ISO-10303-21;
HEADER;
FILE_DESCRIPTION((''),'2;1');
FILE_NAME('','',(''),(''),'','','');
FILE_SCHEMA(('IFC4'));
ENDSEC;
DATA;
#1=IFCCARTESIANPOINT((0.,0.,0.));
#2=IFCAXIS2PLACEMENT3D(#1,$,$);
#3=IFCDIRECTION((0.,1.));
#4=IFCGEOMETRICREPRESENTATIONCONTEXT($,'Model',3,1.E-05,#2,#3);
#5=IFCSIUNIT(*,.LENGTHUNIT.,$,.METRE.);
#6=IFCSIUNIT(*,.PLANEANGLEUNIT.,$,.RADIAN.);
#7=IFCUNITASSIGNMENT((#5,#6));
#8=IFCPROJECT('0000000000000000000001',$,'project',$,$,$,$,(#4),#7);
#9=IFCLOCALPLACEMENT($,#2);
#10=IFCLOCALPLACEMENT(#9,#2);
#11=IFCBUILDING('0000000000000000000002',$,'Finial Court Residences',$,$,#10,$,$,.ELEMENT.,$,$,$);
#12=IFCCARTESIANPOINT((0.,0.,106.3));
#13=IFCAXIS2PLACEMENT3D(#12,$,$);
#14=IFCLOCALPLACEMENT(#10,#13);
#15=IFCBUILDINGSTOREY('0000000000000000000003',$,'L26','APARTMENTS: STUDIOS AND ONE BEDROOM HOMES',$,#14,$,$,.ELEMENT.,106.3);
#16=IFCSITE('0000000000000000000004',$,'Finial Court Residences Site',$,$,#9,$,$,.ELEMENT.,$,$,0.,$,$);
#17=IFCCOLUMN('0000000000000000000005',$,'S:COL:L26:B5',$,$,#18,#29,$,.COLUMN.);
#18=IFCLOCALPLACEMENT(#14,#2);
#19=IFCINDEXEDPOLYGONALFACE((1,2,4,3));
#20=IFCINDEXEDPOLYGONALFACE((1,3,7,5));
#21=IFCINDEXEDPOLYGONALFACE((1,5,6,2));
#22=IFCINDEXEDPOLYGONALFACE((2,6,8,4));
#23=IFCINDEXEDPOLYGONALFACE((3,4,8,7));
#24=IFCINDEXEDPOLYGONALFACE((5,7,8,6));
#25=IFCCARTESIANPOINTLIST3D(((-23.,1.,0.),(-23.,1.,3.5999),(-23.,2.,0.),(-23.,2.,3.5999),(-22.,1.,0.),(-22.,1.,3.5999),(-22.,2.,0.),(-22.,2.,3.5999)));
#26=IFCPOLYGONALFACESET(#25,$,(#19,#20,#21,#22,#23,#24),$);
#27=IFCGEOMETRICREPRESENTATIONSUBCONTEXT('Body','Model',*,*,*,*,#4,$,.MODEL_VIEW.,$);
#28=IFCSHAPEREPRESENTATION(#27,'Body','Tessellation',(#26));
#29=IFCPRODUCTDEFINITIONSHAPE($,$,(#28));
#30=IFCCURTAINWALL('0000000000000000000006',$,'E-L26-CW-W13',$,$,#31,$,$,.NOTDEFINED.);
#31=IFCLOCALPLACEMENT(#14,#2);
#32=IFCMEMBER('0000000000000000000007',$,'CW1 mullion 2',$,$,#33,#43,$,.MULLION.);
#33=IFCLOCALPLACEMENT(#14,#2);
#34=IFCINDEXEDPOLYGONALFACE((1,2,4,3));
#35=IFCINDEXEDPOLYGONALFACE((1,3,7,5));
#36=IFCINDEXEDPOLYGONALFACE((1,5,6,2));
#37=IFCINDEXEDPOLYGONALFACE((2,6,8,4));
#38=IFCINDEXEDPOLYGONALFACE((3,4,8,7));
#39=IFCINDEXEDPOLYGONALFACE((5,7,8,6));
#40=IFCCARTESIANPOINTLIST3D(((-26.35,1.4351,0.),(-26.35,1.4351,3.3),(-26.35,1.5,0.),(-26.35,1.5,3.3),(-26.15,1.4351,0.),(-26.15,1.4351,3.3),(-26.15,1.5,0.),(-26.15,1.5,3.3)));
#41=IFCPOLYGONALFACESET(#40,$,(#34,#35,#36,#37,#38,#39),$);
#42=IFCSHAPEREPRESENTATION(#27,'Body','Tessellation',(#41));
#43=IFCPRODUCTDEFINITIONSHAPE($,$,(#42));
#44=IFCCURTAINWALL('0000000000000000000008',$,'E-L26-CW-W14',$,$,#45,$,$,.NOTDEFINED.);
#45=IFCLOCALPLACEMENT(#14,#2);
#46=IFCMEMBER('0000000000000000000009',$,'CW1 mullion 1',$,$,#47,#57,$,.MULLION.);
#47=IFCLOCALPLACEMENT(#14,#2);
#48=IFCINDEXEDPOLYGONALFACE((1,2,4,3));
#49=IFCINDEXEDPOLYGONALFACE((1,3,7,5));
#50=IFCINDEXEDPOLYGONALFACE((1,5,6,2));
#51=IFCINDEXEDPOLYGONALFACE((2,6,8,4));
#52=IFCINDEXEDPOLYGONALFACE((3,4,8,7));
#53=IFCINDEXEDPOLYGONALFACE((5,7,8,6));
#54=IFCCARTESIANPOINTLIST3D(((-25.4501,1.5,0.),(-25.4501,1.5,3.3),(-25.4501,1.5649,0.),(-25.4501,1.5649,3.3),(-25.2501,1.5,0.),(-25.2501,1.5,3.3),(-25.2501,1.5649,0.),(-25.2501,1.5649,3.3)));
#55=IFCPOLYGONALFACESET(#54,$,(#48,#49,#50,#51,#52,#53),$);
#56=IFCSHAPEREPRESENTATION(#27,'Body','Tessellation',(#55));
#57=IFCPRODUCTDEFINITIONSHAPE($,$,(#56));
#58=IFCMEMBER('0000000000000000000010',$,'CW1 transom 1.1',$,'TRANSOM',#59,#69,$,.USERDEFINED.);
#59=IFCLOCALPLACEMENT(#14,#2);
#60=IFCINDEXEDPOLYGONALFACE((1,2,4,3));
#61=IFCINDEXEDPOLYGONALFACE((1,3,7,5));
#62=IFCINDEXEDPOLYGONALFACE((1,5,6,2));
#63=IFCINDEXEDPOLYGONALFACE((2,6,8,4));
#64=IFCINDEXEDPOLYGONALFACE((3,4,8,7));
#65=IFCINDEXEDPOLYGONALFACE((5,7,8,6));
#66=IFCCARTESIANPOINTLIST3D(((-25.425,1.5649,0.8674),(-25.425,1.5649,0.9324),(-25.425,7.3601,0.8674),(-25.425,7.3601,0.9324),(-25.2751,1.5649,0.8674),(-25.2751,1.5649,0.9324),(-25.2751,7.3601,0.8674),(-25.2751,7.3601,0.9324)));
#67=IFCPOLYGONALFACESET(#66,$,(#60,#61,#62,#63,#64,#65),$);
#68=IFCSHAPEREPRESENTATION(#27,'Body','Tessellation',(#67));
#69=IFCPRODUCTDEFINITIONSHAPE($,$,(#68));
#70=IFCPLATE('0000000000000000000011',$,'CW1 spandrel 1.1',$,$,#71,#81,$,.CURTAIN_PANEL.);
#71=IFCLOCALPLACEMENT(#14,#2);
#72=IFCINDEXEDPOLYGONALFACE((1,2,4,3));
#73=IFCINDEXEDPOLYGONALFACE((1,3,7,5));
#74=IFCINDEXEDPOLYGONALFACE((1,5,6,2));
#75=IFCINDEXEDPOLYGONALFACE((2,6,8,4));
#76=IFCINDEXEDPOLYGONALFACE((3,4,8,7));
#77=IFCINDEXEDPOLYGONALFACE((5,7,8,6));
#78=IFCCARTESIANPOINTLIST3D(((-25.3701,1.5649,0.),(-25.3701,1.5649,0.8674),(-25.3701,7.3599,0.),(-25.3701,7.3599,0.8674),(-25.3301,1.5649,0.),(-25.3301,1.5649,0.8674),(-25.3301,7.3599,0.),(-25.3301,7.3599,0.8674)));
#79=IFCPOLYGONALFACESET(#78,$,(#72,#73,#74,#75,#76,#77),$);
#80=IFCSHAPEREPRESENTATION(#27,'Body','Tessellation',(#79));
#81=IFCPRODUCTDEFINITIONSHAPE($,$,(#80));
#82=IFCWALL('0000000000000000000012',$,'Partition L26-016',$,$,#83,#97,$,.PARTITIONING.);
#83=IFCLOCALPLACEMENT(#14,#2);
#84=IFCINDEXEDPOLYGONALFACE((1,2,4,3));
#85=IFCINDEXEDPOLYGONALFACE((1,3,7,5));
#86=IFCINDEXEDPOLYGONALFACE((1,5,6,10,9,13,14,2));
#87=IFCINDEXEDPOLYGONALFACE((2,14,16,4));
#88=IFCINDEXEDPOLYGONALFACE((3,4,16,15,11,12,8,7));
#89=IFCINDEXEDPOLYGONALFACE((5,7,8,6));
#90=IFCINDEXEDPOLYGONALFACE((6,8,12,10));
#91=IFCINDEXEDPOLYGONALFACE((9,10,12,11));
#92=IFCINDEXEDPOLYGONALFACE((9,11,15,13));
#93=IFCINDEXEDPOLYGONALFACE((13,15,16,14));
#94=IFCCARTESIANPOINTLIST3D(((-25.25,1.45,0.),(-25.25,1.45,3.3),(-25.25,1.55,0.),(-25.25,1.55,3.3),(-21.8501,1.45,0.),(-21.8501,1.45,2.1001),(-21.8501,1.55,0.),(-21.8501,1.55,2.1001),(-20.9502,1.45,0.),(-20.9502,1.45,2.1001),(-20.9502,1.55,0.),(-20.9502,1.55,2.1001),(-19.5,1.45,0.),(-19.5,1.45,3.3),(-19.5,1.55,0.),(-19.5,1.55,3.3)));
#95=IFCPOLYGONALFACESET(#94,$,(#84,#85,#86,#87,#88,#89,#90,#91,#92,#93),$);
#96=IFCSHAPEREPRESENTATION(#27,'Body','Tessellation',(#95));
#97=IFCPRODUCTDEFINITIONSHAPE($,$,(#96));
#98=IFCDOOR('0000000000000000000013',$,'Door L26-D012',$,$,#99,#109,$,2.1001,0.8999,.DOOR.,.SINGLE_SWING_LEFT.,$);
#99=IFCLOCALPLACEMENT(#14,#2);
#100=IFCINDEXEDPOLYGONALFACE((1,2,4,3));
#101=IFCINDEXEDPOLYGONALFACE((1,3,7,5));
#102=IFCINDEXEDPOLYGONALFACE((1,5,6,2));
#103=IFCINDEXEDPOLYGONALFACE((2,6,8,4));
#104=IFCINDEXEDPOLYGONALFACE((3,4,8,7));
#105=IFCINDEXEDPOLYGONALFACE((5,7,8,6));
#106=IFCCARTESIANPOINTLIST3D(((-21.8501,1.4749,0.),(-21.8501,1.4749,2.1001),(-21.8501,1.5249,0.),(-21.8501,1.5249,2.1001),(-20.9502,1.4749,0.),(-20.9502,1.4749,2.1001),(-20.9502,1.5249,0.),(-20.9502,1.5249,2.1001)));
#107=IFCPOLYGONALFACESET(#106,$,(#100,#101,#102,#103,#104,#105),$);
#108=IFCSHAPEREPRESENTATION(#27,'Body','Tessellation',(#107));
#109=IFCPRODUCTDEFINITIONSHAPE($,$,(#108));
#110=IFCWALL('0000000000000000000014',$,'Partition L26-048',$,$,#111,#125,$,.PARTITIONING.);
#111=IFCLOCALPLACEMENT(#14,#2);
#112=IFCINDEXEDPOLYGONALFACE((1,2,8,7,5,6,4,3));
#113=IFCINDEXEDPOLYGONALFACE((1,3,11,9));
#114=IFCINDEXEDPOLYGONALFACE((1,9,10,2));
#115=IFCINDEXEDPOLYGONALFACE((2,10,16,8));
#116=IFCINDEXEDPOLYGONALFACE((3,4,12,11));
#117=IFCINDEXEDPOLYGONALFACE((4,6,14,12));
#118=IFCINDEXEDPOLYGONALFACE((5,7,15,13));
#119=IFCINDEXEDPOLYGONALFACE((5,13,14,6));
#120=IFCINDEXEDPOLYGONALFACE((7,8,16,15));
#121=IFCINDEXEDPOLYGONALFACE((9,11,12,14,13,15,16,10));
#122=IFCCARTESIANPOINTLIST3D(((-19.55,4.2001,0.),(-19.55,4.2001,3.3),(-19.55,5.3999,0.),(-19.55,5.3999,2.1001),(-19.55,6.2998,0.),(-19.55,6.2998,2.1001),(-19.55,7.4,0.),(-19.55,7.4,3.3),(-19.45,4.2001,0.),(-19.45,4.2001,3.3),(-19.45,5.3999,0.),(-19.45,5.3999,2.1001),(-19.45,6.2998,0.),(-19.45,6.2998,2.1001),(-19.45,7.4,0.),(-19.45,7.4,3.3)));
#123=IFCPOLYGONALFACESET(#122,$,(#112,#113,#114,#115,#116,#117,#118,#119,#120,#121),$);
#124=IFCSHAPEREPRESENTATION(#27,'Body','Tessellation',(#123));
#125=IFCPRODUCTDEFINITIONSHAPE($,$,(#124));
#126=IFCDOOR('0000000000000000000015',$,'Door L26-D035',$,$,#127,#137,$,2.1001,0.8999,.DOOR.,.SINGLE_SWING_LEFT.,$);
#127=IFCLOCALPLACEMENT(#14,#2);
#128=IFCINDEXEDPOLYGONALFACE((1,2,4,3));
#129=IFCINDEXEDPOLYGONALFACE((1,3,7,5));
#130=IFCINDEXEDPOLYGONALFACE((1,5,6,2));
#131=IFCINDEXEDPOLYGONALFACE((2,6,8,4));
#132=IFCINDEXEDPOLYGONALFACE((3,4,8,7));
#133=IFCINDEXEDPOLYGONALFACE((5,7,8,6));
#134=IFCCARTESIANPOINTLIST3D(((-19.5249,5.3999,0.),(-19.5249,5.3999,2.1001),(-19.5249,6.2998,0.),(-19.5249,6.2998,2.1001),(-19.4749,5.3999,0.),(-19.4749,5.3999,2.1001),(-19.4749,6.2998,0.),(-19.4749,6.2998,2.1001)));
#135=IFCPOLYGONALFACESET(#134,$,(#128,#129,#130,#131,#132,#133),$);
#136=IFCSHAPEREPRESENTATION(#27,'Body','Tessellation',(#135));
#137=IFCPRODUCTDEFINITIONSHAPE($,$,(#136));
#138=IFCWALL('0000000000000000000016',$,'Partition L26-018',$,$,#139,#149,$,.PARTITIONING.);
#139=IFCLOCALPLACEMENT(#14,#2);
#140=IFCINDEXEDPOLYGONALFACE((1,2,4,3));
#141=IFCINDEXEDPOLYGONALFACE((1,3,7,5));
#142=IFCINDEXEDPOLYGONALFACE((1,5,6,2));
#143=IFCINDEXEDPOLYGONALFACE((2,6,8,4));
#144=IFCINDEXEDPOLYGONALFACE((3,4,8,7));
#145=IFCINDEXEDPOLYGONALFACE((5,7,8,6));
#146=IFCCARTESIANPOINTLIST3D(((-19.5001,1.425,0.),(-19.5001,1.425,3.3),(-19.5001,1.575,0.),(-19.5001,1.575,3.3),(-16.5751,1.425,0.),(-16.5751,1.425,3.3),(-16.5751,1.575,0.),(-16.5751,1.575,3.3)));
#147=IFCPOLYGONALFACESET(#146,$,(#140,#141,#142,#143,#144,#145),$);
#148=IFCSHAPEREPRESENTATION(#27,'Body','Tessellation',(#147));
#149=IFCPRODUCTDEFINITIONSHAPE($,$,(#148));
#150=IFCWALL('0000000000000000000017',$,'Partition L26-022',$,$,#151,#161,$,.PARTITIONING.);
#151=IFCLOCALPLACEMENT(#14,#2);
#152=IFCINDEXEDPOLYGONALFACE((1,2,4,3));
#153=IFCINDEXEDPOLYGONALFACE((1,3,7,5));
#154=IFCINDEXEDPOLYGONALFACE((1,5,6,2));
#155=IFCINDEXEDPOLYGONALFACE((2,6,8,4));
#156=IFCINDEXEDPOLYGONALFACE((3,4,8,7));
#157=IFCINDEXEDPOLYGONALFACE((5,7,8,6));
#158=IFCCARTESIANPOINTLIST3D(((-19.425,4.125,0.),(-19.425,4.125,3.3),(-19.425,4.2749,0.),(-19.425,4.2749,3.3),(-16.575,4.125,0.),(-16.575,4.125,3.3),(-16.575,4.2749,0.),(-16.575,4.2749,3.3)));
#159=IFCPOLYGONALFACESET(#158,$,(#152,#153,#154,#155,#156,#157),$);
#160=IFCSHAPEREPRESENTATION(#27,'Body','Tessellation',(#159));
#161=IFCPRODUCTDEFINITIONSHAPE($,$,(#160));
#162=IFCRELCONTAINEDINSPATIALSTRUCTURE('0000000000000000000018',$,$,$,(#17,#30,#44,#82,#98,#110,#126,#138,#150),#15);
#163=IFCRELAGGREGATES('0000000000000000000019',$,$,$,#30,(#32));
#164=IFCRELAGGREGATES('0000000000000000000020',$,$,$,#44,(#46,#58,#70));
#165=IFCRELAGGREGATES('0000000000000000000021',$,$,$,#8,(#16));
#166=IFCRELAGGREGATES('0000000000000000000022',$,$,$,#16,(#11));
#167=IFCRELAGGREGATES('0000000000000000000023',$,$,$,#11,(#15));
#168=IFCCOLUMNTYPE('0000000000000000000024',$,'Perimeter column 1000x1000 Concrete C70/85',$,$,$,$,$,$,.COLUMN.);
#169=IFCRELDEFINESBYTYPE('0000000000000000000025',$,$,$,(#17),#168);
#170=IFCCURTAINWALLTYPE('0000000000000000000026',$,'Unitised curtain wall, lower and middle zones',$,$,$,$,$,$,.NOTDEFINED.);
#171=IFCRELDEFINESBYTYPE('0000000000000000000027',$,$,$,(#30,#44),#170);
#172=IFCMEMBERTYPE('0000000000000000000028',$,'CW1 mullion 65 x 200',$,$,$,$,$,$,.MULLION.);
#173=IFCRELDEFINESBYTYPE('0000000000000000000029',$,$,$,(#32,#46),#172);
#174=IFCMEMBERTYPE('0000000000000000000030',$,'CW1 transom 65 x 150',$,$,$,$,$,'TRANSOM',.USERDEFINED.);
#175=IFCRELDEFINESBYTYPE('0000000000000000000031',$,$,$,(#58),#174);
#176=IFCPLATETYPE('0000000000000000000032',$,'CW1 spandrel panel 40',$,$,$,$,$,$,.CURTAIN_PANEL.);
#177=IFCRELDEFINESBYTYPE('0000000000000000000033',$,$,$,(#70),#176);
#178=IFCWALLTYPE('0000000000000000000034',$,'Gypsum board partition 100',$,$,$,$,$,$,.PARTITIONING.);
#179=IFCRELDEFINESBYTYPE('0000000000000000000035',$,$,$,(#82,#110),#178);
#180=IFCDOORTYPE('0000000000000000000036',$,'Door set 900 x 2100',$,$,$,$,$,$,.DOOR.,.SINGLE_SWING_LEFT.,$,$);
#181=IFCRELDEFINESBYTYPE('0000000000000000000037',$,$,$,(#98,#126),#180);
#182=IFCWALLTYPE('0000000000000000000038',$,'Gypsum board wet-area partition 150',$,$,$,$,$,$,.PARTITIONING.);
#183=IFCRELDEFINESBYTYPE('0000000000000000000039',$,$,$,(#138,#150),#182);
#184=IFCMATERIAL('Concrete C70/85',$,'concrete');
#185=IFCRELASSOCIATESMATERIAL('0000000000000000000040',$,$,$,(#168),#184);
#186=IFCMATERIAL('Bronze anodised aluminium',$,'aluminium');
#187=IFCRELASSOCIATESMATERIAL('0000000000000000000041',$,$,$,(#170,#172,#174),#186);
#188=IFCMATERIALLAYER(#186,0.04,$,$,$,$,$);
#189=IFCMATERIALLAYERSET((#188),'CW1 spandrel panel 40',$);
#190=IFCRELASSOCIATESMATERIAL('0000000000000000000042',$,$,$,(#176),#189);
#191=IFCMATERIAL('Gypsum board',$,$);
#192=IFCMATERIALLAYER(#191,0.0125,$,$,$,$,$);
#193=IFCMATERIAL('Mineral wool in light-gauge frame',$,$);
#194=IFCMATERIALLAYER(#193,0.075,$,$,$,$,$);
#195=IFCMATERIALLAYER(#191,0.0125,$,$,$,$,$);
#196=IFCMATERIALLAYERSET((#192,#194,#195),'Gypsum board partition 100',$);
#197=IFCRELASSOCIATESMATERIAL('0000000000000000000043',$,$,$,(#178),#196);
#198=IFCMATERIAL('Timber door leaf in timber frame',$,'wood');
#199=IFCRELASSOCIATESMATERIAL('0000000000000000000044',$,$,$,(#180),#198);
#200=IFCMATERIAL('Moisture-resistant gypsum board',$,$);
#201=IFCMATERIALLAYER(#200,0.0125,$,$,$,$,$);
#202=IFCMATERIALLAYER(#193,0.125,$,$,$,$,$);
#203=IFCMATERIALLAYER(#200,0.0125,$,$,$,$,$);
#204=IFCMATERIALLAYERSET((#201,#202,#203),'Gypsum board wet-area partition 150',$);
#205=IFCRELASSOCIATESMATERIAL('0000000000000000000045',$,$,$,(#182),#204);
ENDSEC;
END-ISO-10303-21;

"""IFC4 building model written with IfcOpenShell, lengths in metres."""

from ifc_helpers import new_model, si_unit, direction, frame, frame_2d, origin, origin_2d, place, context, subcontext, project, spatial, rectangle, extrude, material, layer, layer_set, material_profile, profile_set, type_object, element, fill, aggregate, save


model = new_model("IFC4")

# Units and contexts
model_context = context("Model", 3, precision=1e-05, world=origin(), true_north=direction((0.0, 1.0)))
body_context = subcontext(model_context, "Body", "Model", "MODEL_VIEW")
ifc_project = project(units=[si_unit("LENGTHUNIT", "METRE"), si_unit("PLANEANGLEUNIT", "RADIAN")], contexts=[model_context])

# Site, building, storey
site_placement = place(None, origin())
site = spatial("IfcSite", under=ifc_project, at=site_placement, Name="Finial Court Residences Site", CompositionType="ELEMENT", RefElevation=0.0)
building_placement = place(site_placement, origin())
building = spatial("IfcBuilding", under=site, at=building_placement, Name="Finial Court Residences", CompositionType="ELEMENT")
storey_placement = place(building_placement, frame((0.0, 0.0, 106.3)))
storey = spatial("IfcBuildingStorey", under=building, at=storey_placement, Name="L26", Description="APARTMENTS: STUDIOS AND ONE BEDROOM HOMES", CompositionType="ELEMENT", Elevation=106.3)

# Column
ifc_material_1 = material(Name="Concrete C70/85", Category="concrete")
ifc_material_profile_1 = material_profile(ifc_material_1, rectangle(XDim=1.0, YDim=1.0, at=origin_2d()), Name="1000x1000")
ifc_profile_set_1 = profile_set([ifc_material_profile_1], Name="Concrete C70/85")
column_type = type_object("IfcColumnType", Name="Perimeter column 1000x1000 Concrete C70/85", PredefinedType="COLUMN", material=ifc_profile_set_1)
column_placement = place(storey_placement, frame((-22.5, 1.5, 0.0), z_axis=(0.0, 0.0, 1.0), x_axis=(1.0, 0.0, 0.0)))
element("IfcColumn", 1, at=column_placement, inside=storey, type_object=column_type, Name="S:COL:L26:B5", PredefinedType="COLUMN", context=body_context, shape_type="SweptSolid", body=[
    extrude(rectangle(XDim=1.0, YDim=1.0, at=origin_2d()), origin(), (0.0, 0.0, 1.0), 3.5999),
])

# Curtain wall, member
ifc_material_2 = material(Name="Bronze anodised aluminium", Category="aluminium")
curtain_wall_type = type_object("IfcCurtainWallType", Name="Unitised curtain wall, lower and middle zones", PredefinedType="NOTDEFINED", material=ifc_material_2)
curtain_wall_1_placement = place(storey_placement, origin())
curtain_wall_1 = element("IfcCurtainWall", 2, at=curtain_wall_1_placement, inside=storey, type_object=curtain_wall_type, Name="E-L26-CW-W13", PredefinedType="NOTDEFINED")
ifc_material_profile_2 = material_profile(ifc_material_2, rectangle(XDim=0.2, YDim=0.0649, at=origin_2d()), Name="CW1 mullion 65 x 200")
ifc_profile_set_2 = profile_set([ifc_material_profile_2], Name="Bronze anodised aluminium")
member_type_1 = type_object("IfcMemberType", Name="CW1 mullion 65 x 200", PredefinedType="MULLION", material=ifc_profile_set_2)
member_1_placement = place(storey_placement, frame((-26.25, 1.4675, 0.0), z_axis=(0.0, 0.0, 1.0), x_axis=(-1.0, 0.0, 0.0)))
member_1 = element("IfcMember", 3, at=member_1_placement, type_object=member_type_1, Name="CW1 mullion 2", PredefinedType="MULLION", context=body_context, shape_type="SweptSolid", body=[
    extrude(rectangle(XDim=0.2, YDim=0.0649, at=origin_2d()), origin(), (0.0, 0.0, 1.0), 3.3),
])
aggregate(curtain_wall_1, [member_1])

# Curtain wall, members, plate
curtain_wall_2_placement = place(storey_placement, origin())
curtain_wall_2 = element("IfcCurtainWall", 4, at=curtain_wall_2_placement, inside=storey, type_object=curtain_wall_type, Name="E-L26-CW-W14", PredefinedType="NOTDEFINED")
member_2_placement = place(storey_placement, frame((-25.3501, 1.5325, 0.0), z_axis=(0.0, 0.0, 1.0), x_axis=(-1.0, 0.0, 0.0)))
member_2 = element("IfcMember", 5, at=member_2_placement, type_object=member_type_1, Name="CW1 mullion 1", PredefinedType="MULLION", context=body_context, shape_type="SweptSolid", body=[
    extrude(rectangle(XDim=0.2, YDim=0.0649, at=origin_2d()), origin(), (0.0, 0.0, 1.0), 3.3),
])
ifc_material_profile_3 = material_profile(ifc_material_2, rectangle(XDim=0.1499, YDim=0.0649, at=origin_2d()), Name="CW1 transom 65 x 150")
ifc_profile_set_3 = profile_set([ifc_material_profile_3], Name="Bronze anodised aluminium")
member_type_2 = type_object("IfcMemberType", Name="CW1 transom 65 x 150", ElementType="TRANSOM", PredefinedType="USERDEFINED", material=ifc_profile_set_3)
member_3_placement = place(storey_placement, frame((-25.3501, 1.5649, 0.8999), z_axis=(0.0, 1.0, 0.0), x_axis=(-1.0, 0.0, 0.0)))
member_3 = element("IfcMember", 6, at=member_3_placement, type_object=member_type_2, Name="CW1 transom 1.1", ObjectType="TRANSOM", PredefinedType="USERDEFINED", context=body_context, shape_type="SweptSolid", body=[
    extrude(rectangle(XDim=0.1499, YDim=0.0649, at=origin_2d()), origin(), (0.0, 0.0, 1.0), 5.7952),
])
ifc_layer_1 = layer(ifc_material_2, 0.04)
ifc_layer_set_1 = layer_set([ifc_layer_1], Name="CW1 spandrel panel 40")
plate_type = type_object("IfcPlateType", Name="CW1 spandrel panel 40", PredefinedType="CURTAIN_PANEL", material=ifc_layer_set_1)
plate_placement = place(storey_placement, frame((-25.3501, 4.4624, 0.0), z_axis=(0.0, 0.0, 1.0), x_axis=(0.0, 1.0, 0.0)))
plate = element("IfcPlate", 7, at=plate_placement, type_object=plate_type, Name="CW1 spandrel 1.1", PredefinedType="CURTAIN_PANEL", context=body_context, shape_type="SweptSolid", body=[
    extrude(rectangle(XDim=5.7949, YDim=0.04, at=origin_2d()), origin(), (0.0, 0.0, 1.0), 0.8674),
])
aggregate(curtain_wall_2, [member_2, member_3, plate])

# Walls, openings, doors
ifc_material_3 = material(Name="Gypsum board")
ifc_layer_2 = layer(ifc_material_3, 0.0125)
ifc_material_4 = material(Name="Mineral wool in light-gauge frame")
ifc_layer_3 = layer(ifc_material_4, 0.075)
ifc_layer_4 = layer(ifc_material_3, 0.0125)
ifc_layer_set_2 = layer_set([ifc_layer_2, ifc_layer_3, ifc_layer_4], Name="Gypsum board partition 100")
wall_type_1 = type_object("IfcWallType", Name="Gypsum board partition 100", PredefinedType="PARTITIONING", material=ifc_layer_set_2)
wall_1_placement = place(storey_placement, frame((-25.25, 1.5, 0.0), z_axis=(0.0, 0.0, 1.0), x_axis=(1.0, 0.0, 0.0)))
wall_1 = element("IfcWall", 8, at=wall_1_placement, inside=storey, type_object=wall_type_1, Name="Partition L26-016", PredefinedType="PARTITIONING", context=body_context, shape_type="SweptSolid", body=[
    extrude(rectangle(XDim=5.75, YDim=0.1001, at=frame_2d((2.875, 0.0))), origin(), (0.0, 0.0, 1.0), 3.3),
])
opening_1_placement = place(wall_1_placement, frame((3.3999, 0.0, 0.0)))
opening_1 = element("IfcOpeningElement", 9, at=opening_1_placement, cuts=wall_1, PredefinedType="OPENING", context=body_context, shape_type="SweptSolid", body=[
    extrude(rectangle(XDim=0.8999, YDim=2.1001, at=frame_2d((0.45, 1.05))), frame((0.0, 0.0601, 0.0), z_axis=(0.0, -1.0, 0.0), x_axis=(1.0, 0.0, 0.0)), (0.0, 0.0, 1.0), 0.1201),
])
ifc_material_5 = material(Name="Timber door leaf in timber frame", Category="wood")
door_type = type_object("IfcDoorType", Name="Door set 900 x 2100", OperationType="SINGLE_SWING_LEFT", PredefinedType="DOOR", material=ifc_material_5)
door_1_placement = place(opening_1_placement, origin())
door_1 = element("IfcDoor", 10, at=door_1_placement, inside=storey, type_object=door_type, Name="Door L26-D012", OperationType="SINGLE_SWING_LEFT", OverallHeight=2.1001, OverallWidth=0.8999, PredefinedType="DOOR", context=body_context, shape_type="SweptSolid", body=[
    extrude(rectangle(XDim=0.8999, YDim=2.1001, at=frame_2d((0.45, 1.05))), frame((0.0, 0.0249, 0.0), z_axis=(0.0, -1.0, 0.0), x_axis=(1.0, 0.0, 0.0)), (0.0, 0.0, 1.0), 0.05),
])
fill(opening_1, door_1)
wall_2_placement = place(storey_placement, frame((-19.5, 4.2, 0.0), z_axis=(0.0, 0.0, 1.0), x_axis=(0.0, 1.0, 0.0)))
wall_2 = element("IfcWall", 11, at=wall_2_placement, inside=storey, type_object=wall_type_1, Name="Partition L26-048", PredefinedType="PARTITIONING", context=body_context, shape_type="SweptSolid", body=[
    extrude(rectangle(XDim=3.2, YDim=0.1001, at=frame_2d((1.6001, 0.0))), origin(), (0.0, 0.0, 1.0), 3.3),
])
opening_2_placement = place(wall_2_placement, frame((1.2, 0.0, 0.0)))
opening_2 = element("IfcOpeningElement", 12, at=opening_2_placement, cuts=wall_2, PredefinedType="OPENING", context=body_context, shape_type="SweptSolid", body=[
    extrude(rectangle(XDim=0.8999, YDim=2.1001, at=frame_2d((0.45, 1.05))), frame((0.0, 0.0601, 0.0), z_axis=(0.0, -1.0, 0.0), x_axis=(1.0, 0.0, 0.0)), (0.0, 0.0, 1.0), 0.1201),
])
door_2_placement = place(opening_2_placement, origin())
door_2 = element("IfcDoor", 13, at=door_2_placement, inside=storey, type_object=door_type, Name="Door L26-D035", OperationType="SINGLE_SWING_LEFT", OverallHeight=2.1001, OverallWidth=0.8999, PredefinedType="DOOR", context=body_context, shape_type="SweptSolid", body=[
    extrude(rectangle(XDim=0.8999, YDim=2.1001, at=frame_2d((0.45, 1.05))), frame((0.0, 0.0249, 0.0), z_axis=(0.0, -1.0, 0.0), x_axis=(1.0, 0.0, 0.0)), (0.0, 0.0, 1.0), 0.05),
])
fill(opening_2, door_2)

# Walls
ifc_material_6 = material(Name="Moisture-resistant gypsum board")
ifc_layer_5 = layer(ifc_material_6, 0.0125)
ifc_layer_6 = layer(ifc_material_4, 0.125)
ifc_layer_7 = layer(ifc_material_6, 0.0125)
ifc_layer_set_3 = layer_set([ifc_layer_5, ifc_layer_6, ifc_layer_7], Name="Gypsum board wet-area partition 150")
wall_type_2 = type_object("IfcWallType", Name="Gypsum board wet-area partition 150", PredefinedType="PARTITIONING", material=ifc_layer_set_3)
wall_3_placement = place(storey_placement, frame((-19.5, 1.5, 0.0), z_axis=(0.0, 0.0, 1.0), x_axis=(1.0, 0.0, 0.0)))
element("IfcWall", 14, at=wall_3_placement, inside=storey, type_object=wall_type_2, Name="Partition L26-018", PredefinedType="PARTITIONING", context=body_context, shape_type="SweptSolid", body=[
    extrude(rectangle(XDim=2.925, YDim=0.1499, at=frame_2d((1.4624, 0.0))), origin(), (0.0, 0.0, 1.0), 3.3),
])
wall_4_placement = place(storey_placement, frame((-19.425, 4.2, 0.0), z_axis=(0.0, 0.0, 1.0), x_axis=(1.0, 0.0, 0.0)))
element("IfcWall", 15, at=wall_4_placement, inside=storey, type_object=wall_type_2, Name="Partition L26-022", PredefinedType="PARTITIONING", context=body_context, shape_type="SweptSolid", body=[
    extrude(rectangle(XDim=2.8501, YDim=0.1499, at=frame_2d((1.425, 0.0))), origin(), (0.0, 0.0, 1.0), 3.3),
])

save(model, "model.ifc")
